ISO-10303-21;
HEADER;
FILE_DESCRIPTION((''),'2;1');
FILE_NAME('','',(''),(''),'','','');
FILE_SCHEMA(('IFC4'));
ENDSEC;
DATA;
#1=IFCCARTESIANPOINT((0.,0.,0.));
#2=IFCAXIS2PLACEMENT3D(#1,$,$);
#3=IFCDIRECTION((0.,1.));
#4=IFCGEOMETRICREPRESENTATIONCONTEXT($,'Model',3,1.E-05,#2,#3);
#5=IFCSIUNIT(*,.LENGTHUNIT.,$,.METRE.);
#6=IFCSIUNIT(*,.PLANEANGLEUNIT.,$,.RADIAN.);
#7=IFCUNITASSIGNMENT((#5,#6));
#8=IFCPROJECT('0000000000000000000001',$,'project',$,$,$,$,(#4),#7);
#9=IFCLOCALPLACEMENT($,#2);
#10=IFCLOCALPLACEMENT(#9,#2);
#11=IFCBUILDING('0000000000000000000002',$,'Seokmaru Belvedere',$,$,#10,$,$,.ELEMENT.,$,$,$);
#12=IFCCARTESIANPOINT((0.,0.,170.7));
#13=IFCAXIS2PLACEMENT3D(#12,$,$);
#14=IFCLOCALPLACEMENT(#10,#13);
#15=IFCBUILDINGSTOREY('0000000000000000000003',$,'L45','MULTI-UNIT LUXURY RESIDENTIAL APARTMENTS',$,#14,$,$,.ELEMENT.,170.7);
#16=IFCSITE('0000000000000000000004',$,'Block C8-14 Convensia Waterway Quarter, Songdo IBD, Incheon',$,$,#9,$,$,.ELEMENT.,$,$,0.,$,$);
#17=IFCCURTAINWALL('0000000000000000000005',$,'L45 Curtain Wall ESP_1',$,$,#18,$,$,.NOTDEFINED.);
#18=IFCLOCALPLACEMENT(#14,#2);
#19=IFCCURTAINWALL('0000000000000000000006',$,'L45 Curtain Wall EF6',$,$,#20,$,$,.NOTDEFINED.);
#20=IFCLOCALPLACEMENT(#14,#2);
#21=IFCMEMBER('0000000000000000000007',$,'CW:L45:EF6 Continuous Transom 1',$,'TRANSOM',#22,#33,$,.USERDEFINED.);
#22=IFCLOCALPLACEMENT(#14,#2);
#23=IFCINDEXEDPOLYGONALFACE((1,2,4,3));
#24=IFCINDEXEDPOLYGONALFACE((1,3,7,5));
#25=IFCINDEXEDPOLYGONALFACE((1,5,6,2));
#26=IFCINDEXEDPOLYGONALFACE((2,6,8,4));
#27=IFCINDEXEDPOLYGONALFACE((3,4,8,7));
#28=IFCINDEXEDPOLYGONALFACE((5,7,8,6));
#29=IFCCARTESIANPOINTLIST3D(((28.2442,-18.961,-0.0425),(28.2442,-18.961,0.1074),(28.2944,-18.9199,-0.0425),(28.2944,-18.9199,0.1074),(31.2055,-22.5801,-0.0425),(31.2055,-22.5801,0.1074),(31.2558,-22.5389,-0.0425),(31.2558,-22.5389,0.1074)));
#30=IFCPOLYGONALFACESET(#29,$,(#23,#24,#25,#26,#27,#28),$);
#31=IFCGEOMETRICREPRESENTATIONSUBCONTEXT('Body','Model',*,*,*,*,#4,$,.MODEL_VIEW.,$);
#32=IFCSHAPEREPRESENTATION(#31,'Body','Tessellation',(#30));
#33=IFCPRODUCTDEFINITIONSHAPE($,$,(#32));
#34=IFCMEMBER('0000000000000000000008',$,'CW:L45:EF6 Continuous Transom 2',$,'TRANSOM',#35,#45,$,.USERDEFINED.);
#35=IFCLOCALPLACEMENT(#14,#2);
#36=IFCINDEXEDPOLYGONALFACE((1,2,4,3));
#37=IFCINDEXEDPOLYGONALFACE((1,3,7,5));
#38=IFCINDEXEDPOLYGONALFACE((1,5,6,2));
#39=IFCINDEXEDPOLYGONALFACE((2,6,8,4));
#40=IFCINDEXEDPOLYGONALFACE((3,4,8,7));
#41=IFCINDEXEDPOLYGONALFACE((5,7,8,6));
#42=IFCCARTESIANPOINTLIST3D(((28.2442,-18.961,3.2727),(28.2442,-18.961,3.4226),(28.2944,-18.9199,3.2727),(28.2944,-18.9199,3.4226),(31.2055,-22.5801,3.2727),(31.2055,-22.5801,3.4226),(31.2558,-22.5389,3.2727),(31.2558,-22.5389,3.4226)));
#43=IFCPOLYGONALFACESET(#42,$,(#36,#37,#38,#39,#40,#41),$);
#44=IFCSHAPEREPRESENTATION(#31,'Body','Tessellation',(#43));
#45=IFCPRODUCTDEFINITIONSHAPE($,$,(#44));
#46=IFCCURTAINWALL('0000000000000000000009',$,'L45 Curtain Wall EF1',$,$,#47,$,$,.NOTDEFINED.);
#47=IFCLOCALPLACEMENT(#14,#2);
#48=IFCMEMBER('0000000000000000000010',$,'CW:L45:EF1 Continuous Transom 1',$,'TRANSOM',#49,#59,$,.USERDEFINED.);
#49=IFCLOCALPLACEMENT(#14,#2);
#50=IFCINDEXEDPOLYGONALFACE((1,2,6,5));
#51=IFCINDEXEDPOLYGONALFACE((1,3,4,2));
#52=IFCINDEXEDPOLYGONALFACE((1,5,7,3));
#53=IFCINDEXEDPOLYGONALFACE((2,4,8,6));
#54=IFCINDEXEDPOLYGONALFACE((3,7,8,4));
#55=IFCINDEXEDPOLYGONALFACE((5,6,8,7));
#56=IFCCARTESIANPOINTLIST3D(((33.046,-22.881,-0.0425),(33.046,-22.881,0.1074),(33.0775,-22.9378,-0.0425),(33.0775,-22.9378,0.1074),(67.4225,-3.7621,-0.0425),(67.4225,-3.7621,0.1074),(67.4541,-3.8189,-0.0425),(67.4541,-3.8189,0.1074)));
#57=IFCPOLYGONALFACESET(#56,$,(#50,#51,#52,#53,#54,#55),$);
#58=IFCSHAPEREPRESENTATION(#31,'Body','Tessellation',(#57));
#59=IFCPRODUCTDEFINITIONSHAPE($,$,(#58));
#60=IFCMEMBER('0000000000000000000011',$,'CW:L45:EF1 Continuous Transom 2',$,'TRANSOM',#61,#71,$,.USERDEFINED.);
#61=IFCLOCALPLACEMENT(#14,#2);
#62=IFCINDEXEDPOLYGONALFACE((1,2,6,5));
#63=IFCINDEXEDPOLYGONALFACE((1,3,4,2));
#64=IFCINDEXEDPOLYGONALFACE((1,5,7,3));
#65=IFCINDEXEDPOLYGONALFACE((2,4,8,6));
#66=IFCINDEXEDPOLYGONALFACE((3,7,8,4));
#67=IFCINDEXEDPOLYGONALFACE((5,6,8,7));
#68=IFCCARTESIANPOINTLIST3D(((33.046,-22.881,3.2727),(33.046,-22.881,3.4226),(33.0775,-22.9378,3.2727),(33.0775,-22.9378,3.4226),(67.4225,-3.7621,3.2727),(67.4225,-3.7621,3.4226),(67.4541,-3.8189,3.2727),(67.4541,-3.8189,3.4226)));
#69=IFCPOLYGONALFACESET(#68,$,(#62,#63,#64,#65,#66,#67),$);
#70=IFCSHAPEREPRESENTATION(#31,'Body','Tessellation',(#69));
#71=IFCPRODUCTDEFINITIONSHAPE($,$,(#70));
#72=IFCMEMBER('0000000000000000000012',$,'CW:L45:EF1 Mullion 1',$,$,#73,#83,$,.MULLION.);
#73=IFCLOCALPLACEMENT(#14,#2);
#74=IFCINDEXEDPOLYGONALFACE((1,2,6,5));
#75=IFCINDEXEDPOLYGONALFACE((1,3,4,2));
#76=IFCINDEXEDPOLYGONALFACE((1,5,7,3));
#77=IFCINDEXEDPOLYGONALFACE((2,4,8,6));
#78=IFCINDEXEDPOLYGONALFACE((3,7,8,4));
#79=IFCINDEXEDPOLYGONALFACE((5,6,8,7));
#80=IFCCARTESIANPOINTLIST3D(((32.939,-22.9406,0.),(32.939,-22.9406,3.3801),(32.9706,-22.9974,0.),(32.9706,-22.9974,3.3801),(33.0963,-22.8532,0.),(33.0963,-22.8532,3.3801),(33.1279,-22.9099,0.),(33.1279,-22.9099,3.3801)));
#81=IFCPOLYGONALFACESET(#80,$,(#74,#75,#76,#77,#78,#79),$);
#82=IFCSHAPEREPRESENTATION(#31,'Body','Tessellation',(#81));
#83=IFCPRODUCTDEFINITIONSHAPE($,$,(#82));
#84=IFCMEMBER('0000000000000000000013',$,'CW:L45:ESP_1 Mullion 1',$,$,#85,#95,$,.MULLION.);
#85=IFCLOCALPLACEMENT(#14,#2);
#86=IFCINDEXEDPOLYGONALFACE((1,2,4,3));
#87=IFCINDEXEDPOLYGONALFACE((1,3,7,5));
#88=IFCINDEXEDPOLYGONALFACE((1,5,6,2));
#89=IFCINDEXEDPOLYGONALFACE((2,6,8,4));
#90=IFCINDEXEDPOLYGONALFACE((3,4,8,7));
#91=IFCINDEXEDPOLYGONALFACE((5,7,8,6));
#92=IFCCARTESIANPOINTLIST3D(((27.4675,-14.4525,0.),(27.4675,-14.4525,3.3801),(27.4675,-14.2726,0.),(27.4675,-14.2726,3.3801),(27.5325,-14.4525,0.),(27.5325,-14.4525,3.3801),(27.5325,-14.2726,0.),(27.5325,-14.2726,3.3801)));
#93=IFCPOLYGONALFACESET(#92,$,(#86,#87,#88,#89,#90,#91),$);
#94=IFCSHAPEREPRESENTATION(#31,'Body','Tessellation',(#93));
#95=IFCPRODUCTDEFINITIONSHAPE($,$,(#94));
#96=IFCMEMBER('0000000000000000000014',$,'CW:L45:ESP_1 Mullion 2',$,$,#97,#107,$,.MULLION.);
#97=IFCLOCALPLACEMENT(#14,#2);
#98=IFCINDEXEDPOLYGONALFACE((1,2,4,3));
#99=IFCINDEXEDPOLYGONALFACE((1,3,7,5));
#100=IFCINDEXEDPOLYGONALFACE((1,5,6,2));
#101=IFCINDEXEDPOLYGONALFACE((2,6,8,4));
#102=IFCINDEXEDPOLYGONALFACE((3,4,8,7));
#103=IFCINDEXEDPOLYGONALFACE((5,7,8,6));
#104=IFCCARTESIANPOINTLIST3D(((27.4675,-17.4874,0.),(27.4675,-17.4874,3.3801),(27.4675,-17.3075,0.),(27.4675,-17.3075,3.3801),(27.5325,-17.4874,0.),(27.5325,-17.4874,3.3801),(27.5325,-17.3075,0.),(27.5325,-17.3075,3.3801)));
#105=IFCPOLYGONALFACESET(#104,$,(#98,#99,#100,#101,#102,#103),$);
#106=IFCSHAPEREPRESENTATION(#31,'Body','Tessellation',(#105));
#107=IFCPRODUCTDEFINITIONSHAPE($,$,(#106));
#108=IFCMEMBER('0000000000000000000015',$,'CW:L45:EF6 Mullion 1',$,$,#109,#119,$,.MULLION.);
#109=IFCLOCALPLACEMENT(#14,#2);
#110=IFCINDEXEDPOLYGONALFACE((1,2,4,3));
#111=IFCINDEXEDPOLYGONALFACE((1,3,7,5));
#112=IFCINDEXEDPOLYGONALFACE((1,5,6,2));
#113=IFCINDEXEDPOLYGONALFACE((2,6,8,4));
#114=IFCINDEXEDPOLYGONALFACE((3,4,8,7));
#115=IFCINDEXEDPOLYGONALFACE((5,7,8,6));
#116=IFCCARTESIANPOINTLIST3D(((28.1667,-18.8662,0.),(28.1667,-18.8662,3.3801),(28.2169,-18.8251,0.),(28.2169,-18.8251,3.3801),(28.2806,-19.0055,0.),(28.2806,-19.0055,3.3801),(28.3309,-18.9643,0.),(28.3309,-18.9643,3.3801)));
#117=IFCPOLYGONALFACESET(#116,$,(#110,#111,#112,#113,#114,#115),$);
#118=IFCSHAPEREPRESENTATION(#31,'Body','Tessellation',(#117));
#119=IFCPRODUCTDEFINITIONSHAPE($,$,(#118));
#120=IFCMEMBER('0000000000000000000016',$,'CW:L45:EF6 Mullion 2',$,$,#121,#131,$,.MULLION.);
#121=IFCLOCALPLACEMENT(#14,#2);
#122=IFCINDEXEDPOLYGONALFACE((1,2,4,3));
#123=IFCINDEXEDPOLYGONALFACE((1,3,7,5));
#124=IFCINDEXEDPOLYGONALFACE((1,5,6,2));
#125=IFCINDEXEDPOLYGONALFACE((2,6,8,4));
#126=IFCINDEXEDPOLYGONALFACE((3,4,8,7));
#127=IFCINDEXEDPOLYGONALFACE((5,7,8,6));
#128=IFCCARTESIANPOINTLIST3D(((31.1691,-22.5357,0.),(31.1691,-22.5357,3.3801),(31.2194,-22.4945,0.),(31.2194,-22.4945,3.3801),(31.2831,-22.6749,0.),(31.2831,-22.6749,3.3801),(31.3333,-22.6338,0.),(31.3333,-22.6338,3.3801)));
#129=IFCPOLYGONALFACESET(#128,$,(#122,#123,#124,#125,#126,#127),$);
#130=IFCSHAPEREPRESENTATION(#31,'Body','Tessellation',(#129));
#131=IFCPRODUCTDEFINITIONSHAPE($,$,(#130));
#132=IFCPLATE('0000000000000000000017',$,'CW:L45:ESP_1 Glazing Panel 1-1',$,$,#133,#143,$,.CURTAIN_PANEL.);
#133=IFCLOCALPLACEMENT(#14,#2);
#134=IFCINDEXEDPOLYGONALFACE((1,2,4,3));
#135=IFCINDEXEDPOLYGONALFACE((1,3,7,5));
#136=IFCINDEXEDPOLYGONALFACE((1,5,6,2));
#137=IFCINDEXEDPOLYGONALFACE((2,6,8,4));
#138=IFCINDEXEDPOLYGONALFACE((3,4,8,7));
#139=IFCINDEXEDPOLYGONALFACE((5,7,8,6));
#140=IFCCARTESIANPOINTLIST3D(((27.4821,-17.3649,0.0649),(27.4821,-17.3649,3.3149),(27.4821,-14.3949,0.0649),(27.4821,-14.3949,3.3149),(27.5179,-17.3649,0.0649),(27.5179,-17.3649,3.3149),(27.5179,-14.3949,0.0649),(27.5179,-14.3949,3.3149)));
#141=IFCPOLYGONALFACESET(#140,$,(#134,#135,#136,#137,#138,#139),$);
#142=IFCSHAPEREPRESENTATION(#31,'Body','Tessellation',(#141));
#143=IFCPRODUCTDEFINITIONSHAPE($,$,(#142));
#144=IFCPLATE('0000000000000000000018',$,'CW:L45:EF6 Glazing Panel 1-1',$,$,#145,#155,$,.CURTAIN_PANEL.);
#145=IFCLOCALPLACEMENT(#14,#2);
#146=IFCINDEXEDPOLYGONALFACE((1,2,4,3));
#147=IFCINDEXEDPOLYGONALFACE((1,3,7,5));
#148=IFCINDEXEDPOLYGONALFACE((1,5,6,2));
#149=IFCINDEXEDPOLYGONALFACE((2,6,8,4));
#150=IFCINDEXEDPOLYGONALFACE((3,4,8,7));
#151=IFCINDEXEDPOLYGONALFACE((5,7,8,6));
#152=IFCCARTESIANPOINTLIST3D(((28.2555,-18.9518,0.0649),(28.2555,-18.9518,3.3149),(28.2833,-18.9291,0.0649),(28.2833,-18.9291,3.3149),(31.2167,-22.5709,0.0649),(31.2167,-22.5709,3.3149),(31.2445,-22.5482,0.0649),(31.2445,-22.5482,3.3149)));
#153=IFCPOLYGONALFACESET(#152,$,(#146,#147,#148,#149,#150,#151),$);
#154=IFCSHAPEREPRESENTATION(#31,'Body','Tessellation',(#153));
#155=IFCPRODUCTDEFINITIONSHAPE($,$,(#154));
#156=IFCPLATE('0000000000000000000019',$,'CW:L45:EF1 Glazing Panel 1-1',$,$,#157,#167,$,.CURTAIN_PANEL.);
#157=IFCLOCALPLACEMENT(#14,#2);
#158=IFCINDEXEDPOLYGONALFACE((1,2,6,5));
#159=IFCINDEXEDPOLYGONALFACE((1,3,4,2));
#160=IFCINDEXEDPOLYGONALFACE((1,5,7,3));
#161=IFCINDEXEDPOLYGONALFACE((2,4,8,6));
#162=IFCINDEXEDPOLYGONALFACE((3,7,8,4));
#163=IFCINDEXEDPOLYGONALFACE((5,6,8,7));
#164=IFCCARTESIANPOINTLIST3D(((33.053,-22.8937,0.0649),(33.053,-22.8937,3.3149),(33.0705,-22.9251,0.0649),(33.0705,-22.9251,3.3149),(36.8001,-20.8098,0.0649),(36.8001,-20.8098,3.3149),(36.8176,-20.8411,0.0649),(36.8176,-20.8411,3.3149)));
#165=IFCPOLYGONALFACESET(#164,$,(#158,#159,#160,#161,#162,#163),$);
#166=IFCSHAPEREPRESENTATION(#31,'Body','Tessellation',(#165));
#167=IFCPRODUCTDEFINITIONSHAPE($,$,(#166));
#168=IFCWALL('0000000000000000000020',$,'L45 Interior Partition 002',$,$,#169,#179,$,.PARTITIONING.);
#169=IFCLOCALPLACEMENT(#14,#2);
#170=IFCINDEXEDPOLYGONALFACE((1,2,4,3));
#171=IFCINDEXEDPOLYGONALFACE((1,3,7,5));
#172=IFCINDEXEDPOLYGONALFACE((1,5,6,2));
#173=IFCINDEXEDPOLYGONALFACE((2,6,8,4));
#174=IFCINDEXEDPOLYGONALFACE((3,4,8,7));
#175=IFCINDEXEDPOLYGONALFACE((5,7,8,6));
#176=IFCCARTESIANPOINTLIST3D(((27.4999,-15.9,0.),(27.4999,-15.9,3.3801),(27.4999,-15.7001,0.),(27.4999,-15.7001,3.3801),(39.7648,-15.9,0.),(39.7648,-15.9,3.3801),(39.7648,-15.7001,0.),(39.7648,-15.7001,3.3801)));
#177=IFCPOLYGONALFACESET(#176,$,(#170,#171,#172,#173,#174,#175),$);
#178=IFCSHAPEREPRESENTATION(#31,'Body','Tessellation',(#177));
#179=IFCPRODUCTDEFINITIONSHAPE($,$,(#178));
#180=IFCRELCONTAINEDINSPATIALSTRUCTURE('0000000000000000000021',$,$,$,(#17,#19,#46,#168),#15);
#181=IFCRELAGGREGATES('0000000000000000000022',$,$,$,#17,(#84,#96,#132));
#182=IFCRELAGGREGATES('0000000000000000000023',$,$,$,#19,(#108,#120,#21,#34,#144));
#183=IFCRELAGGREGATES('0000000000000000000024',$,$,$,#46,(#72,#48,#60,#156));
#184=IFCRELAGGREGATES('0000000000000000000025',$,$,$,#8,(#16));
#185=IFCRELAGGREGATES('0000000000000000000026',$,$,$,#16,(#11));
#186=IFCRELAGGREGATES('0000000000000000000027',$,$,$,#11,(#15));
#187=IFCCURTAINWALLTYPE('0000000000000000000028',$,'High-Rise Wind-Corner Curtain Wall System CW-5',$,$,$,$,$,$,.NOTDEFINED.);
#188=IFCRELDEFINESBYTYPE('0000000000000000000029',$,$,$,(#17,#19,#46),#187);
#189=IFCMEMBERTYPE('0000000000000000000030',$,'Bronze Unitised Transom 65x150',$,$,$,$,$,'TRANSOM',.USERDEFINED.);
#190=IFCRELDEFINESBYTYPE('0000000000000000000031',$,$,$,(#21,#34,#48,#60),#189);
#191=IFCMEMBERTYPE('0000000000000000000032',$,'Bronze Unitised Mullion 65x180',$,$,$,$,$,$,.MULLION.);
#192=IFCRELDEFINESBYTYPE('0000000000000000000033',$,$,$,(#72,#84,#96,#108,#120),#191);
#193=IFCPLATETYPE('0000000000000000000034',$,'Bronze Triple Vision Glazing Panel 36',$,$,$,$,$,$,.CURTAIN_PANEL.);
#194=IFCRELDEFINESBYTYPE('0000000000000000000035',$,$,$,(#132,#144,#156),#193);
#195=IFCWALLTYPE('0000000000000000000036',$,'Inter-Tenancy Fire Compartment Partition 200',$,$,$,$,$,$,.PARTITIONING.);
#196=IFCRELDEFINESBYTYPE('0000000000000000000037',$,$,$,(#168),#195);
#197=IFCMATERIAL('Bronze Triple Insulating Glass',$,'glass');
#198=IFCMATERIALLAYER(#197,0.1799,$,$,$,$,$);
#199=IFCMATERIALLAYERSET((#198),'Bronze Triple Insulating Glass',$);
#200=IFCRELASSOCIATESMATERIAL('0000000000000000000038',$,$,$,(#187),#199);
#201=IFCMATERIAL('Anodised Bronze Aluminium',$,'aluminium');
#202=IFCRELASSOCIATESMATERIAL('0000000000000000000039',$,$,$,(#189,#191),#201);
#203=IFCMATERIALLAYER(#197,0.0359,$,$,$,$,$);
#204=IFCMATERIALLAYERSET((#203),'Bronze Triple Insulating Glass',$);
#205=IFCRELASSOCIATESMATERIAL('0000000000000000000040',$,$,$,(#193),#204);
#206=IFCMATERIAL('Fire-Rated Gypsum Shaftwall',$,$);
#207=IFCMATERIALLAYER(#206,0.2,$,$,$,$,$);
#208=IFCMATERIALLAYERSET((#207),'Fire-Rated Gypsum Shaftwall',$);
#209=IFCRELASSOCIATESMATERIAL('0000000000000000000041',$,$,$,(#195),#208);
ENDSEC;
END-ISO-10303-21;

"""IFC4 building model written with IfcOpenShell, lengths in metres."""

from ifc_helpers import new_model, si_unit, direction, frame, frame_2d, origin, origin_2d, place, context, subcontext, project, spatial, rectangle, extrude, source, transform, mapped, material, layer, layer_set, material_profile, profile_set, type_object, type_shapes, element, aggregate, save


model = new_model("IFC4")

# Units and contexts
model_context = context("Model", 3, precision=1e-05, world=origin(), true_north=direction((0.0, 1.0)))
body_context = subcontext(model_context, "Body", "Model", "MODEL_VIEW")
ifc_project = project(units=[si_unit("LENGTHUNIT", "METRE"), si_unit("PLANEANGLEUNIT", "RADIAN")], contexts=[model_context])

# Site, building, storey
site_placement = place(None, origin())
site = spatial("IfcSite", under=ifc_project, at=site_placement, Name="Block C8-14 Convensia Waterway Quarter, Songdo IBD, Incheon", CompositionType="ELEMENT", RefElevation=0.0)
building_placement = place(site_placement, origin())
building = spatial("IfcBuilding", under=site, at=building_placement, Name="Seokmaru Belvedere", CompositionType="ELEMENT")
storey_placement = place(building_placement, frame((0.0, 0.0, 170.7)))
storey = spatial("IfcBuildingStorey", under=building, at=storey_placement, Name="L45", Description="MULTI-UNIT LUXURY RESIDENTIAL APARTMENTS", CompositionType="ELEMENT", Elevation=170.7)

# Curtain walls, members
ifc_material_1 = material(Name="Bronze Triple Insulating Glass", Category="glass")
ifc_layer_1 = layer(ifc_material_1, 0.1799)
ifc_layer_set_1 = layer_set([ifc_layer_1], Name="Bronze Triple Insulating Glass")
curtain_wall_type = type_object("IfcCurtainWallType", Name="High-Rise Wind-Corner Curtain Wall System CW-5", PredefinedType="NOTDEFINED", material=ifc_layer_set_1)
curtain_wall_1_placement = place(storey_placement, origin())
curtain_wall_1 = element("IfcCurtainWall", 1, at=curtain_wall_1_placement, inside=storey, type_object=curtain_wall_type, Name="L45 Curtain Wall ESP_1", PredefinedType="NOTDEFINED")
ifc_material_2 = material(Name="Anodised Bronze Aluminium", Category="aluminium")
ifc_material_profile_1 = material_profile(ifc_material_2, rectangle(XDim=0.0649, YDim=0.1499, at=origin_2d()), Name="CW-T-65x150")
ifc_profile_set_1 = profile_set([ifc_material_profile_1], Name="Anodised Bronze Aluminium")
member_type_1 = type_object("IfcMemberType", Name="Bronze Unitised Transom 65x150", ElementType="TRANSOM", PredefinedType="USERDEFINED", material=ifc_profile_set_1)
curtain_wall_2_placement = place(storey_placement, origin())
curtain_wall_2 = element("IfcCurtainWall", 2, at=curtain_wall_2_placement, inside=storey, type_object=curtain_wall_type, Name="L45 Curtain Wall EF6", PredefinedType="NOTDEFINED")
shared_shape_1 = source(origin(), body_context, "Body", "SweptSolid", [
    extrude(rectangle(XDim=0.0649, YDim=0.1499, at=origin_2d()), origin(), (0.0, 0.0, 1.0), 4.6763),
])
member_1_placement = place(storey_placement, frame((28.2693, -18.9404, 0.0325), z_axis=(0.633278, -0.773925, 0.0), x_axis=(0.773925, 0.633278, 0.0)))
member_1 = element("IfcMember", 3, at=member_1_placement, type_object=member_type_1, Name="CW:L45:EF6 Continuous Transom 1", ObjectType="TRANSOM", PredefinedType="USERDEFINED", context=body_context, shape_type="MappedRepresentation", body=[
    mapped(shared_shape_1, transform((0.0, 0.0, 0.0), scale=1.0)),
])
member_2_placement = place(storey_placement, frame((28.2693, -18.9404, 3.3477), z_axis=(0.633278, -0.773925, 0.0), x_axis=(0.773925, 0.633278, 0.0)))
member_2 = element("IfcMember", 4, at=member_2_placement, type_object=member_type_1, Name="CW:L45:EF6 Continuous Transom 2", ObjectType="TRANSOM", PredefinedType="USERDEFINED", context=body_context, shape_type="MappedRepresentation", body=[
    mapped(shared_shape_1, transform((0.0, 0.0, 0.0), scale=1.0)),
])
curtain_wall_3_placement = place(storey_placement, origin())
curtain_wall_3 = element("IfcCurtainWall", 5, at=curtain_wall_3_placement, inside=storey, type_object=curtain_wall_type, Name="L45 Curtain Wall EF1", PredefinedType="NOTDEFINED")
shared_shape_2 = source(origin(), body_context, "Body", "SweptSolid", [
    extrude(rectangle(XDim=0.0649, YDim=0.1499, at=origin_2d()), origin(), (0.0, 0.0, 1.0), 39.3354),
])
member_3_placement = place(storey_placement, frame((33.0618, -22.9094, 0.0325), z_axis=(0.873932, 0.486048, 0.0), x_axis=(-0.486048, 0.873932, 0.0)))
member_3 = element("IfcMember", 6, at=member_3_placement, type_object=member_type_1, Name="CW:L45:EF1 Continuous Transom 1", ObjectType="TRANSOM", PredefinedType="USERDEFINED", context=body_context, shape_type="MappedRepresentation", body=[
    mapped(shared_shape_2, transform((0.0, 0.0, 0.0), scale=1.0)),
])
member_4_placement = place(storey_placement, frame((33.0618, -22.9094, 3.3477), z_axis=(0.873932, 0.486048, 0.0), x_axis=(-0.486048, 0.873932, 0.0)))
member_4 = element("IfcMember", 7, at=member_4_placement, type_object=member_type_1, Name="CW:L45:EF1 Continuous Transom 2", ObjectType="TRANSOM", PredefinedType="USERDEFINED", context=body_context, shape_type="MappedRepresentation", body=[
    mapped(shared_shape_2, transform((0.0, 0.0, 0.0), scale=1.0)),
])
ifc_material_profile_2 = material_profile(ifc_material_2, rectangle(XDim=0.0649, YDim=0.1799, at=origin_2d()), Name="CW-M-65x180")
ifc_profile_set_2 = profile_set([ifc_material_profile_2], Name="Anodised Bronze Aluminium")
member_type_2 = type_object("IfcMemberType", Name="Bronze Unitised Mullion 65x180", PredefinedType="MULLION", material=ifc_profile_set_2)
shared_shape_3 = source(origin(), body_context, "Body", "SweptSolid", [
    extrude(rectangle(XDim=0.0649, YDim=0.1799, at=origin_2d()), origin(), (0.0, 0.0, 1.0), 3.3801),
])
type_shapes(member_type_2, [shared_shape_3])
member_5_placement = place(storey_placement, frame((33.0334, -22.9253, 0.0), z_axis=(0.0, 0.0, 1.0), x_axis=(-0.486047, 0.873933, 0.0)))
member_5 = element("IfcMember", 8, at=member_5_placement, type_object=member_type_2, Name="CW:L45:EF1 Mullion 1", PredefinedType="MULLION", context=body_context, shape_type="MappedRepresentation", body=[
    mapped(shared_shape_3, transform((0.0, 0.0, 0.0), scale=1.0)),
])

# Members
member_6_placement = place(storey_placement, frame((27.5, -14.3625, 0.0), z_axis=(0.0, 0.0, 1.0), x_axis=(1.0, 0.0, 0.0)))
member_6 = element("IfcMember", 9, at=member_6_placement, type_object=member_type_2, Name="CW:L45:ESP_1 Mullion 1", PredefinedType="MULLION", context=body_context, shape_type="MappedRepresentation", body=[
    mapped(shared_shape_3, transform((0.0, 0.0, 0.0), scale=1.0)),
])
member_7_placement = place(storey_placement, frame((27.5, -17.3975, 0.0), z_axis=(0.0, 0.0, 1.0), x_axis=(1.0, 0.0, 0.0)))
member_7 = element("IfcMember", 10, at=member_7_placement, type_object=member_type_2, Name="CW:L45:ESP_1 Mullion 2", PredefinedType="MULLION", context=body_context, shape_type="MappedRepresentation", body=[
    mapped(shared_shape_3, transform((0.0, 0.0, 0.0), scale=1.0)),
])
member_8_placement = place(storey_placement, frame((28.2488, -18.9153, 0.0), z_axis=(0.0, 0.0, 1.0), x_axis=(0.773944, 0.633254, 0.0)))
member_8 = element("IfcMember", 11, at=member_8_placement, type_object=member_type_2, Name="CW:L45:EF6 Mullion 1", PredefinedType="MULLION", context=body_context, shape_type="MappedRepresentation", body=[
    mapped(shared_shape_3, transform((0.0, 0.0, 0.0), scale=1.0)),
])
member_9_placement = place(storey_placement, frame((31.2512, -22.5847, 0.0), z_axis=(0.0, 0.0, 1.0), x_axis=(0.773944, 0.633254, 0.0)))
member_9 = element("IfcMember", 12, at=member_9_placement, type_object=member_type_2, Name="CW:L45:EF6 Mullion 2", PredefinedType="MULLION", context=body_context, shape_type="MappedRepresentation", body=[
    mapped(shared_shape_3, transform((0.0, 0.0, 0.0), scale=1.0)),
])

# Plates
ifc_layer_2 = layer(ifc_material_1, 0.0359)
ifc_layer_set_2 = layer_set([ifc_layer_2], Name="Bronze Triple Insulating Glass")
plate_type = type_object("IfcPlateType", Name="Bronze Triple Vision Glazing Panel 36", PredefinedType="CURTAIN_PANEL", material=ifc_layer_set_2)
shared_shape_4 = source(origin(), body_context, "Body", "SweptSolid", [
    extrude(rectangle(XDim=2.97, YDim=0.0359, at=origin_2d()), origin(), (0.0, 0.0, 1.0), 3.25),
])
plate_1_placement = place(storey_placement, frame((27.5, -15.8799, 0.0649), z_axis=(0.0, 0.0, 1.0), x_axis=(0.0, -1.0, 0.0)))
plate_1 = element("IfcPlate", 13, at=plate_1_placement, type_object=plate_type, Name="CW:L45:ESP_1 Glazing Panel 1-1", PredefinedType="CURTAIN_PANEL", context=body_context, shape_type="MappedRepresentation", body=[
    mapped(shared_shape_4, transform((0.0, 0.0, 0.0), scale=1.0)),
])
aggregate(curtain_wall_1, [member_6, member_7, plate_1])
shared_shape_5 = source(origin(), body_context, "Body", "SweptSolid", [
    extrude(rectangle(XDim=4.6763, YDim=0.0359, at=origin_2d()), origin(), (0.0, 0.0, 1.0), 3.25),
])
plate_2_placement = place(storey_placement, frame((29.75, -20.75, 0.0649), z_axis=(0.0, 0.0, 1.0), x_axis=(0.633254, -0.773944, 0.0)))
plate_2 = element("IfcPlate", 14, at=plate_2_placement, type_object=plate_type, Name="CW:L45:EF6 Glazing Panel 1-1", PredefinedType="CURTAIN_PANEL", context=body_context, shape_type="MappedRepresentation", body=[
    mapped(shared_shape_5, transform((0.0, 0.0, 0.0), scale=1.0)),
])
aggregate(curtain_wall_2, [member_8, member_9, member_1, member_2, plate_2])
shared_shape_6 = source(origin(), body_context, "Body", "SweptSolid", [
    extrude(rectangle(XDim=4.2876, YDim=0.0359, at=origin_2d()), origin(), (0.0, 0.0, 1.0), 3.25),
])
type_shapes(plate_type, [shared_shape_4, shared_shape_5, shared_shape_6])
plate_3_placement = place(storey_placement, frame((34.9353, -21.8674, 0.0649), z_axis=(0.0, 0.0, 1.0), x_axis=(0.873933, 0.486047, 0.0)))
plate_3 = element("IfcPlate", 15, at=plate_3_placement, type_object=plate_type, Name="CW:L45:EF1 Glazing Panel 1-1", PredefinedType="CURTAIN_PANEL", context=body_context, shape_type="MappedRepresentation", body=[
    mapped(shared_shape_6, transform((0.0, 0.0, 0.0), scale=1.0)),
])
aggregate(curtain_wall_3, [member_5, member_3, member_4, plate_3])

# Wall
ifc_material_3 = material(Name="Fire-Rated Gypsum Shaftwall")
ifc_layer_3 = layer(ifc_material_3, 0.2)
ifc_layer_set_3 = layer_set([ifc_layer_3], Name="Fire-Rated Gypsum Shaftwall")
wall_type_1 = type_object("IfcWallType", Name="Inter-Tenancy Fire Compartment Partition 200", PredefinedType="PARTITIONING", material=ifc_layer_set_3)
wall_1_placement = place(storey_placement, frame((27.5, -15.8, 0.0), z_axis=(0.0, 0.0, 1.0), x_axis=(1.0, 0.0, 0.0)))
element("IfcWall", 16, at=wall_1_placement, inside=storey, type_object=wall_type_1, Name="L45 Interior Partition 002", PredefinedType="PARTITIONING", context=body_context, shape_type="SweptSolid", body=[
    extrude(rectangle(XDim=12.2649, YDim=0.2, at=frame_2d((6.1323, 0.0))), origin(), (0.0, 0.0, 1.0), 3.3801),
])

save(model, "model.ifc")
